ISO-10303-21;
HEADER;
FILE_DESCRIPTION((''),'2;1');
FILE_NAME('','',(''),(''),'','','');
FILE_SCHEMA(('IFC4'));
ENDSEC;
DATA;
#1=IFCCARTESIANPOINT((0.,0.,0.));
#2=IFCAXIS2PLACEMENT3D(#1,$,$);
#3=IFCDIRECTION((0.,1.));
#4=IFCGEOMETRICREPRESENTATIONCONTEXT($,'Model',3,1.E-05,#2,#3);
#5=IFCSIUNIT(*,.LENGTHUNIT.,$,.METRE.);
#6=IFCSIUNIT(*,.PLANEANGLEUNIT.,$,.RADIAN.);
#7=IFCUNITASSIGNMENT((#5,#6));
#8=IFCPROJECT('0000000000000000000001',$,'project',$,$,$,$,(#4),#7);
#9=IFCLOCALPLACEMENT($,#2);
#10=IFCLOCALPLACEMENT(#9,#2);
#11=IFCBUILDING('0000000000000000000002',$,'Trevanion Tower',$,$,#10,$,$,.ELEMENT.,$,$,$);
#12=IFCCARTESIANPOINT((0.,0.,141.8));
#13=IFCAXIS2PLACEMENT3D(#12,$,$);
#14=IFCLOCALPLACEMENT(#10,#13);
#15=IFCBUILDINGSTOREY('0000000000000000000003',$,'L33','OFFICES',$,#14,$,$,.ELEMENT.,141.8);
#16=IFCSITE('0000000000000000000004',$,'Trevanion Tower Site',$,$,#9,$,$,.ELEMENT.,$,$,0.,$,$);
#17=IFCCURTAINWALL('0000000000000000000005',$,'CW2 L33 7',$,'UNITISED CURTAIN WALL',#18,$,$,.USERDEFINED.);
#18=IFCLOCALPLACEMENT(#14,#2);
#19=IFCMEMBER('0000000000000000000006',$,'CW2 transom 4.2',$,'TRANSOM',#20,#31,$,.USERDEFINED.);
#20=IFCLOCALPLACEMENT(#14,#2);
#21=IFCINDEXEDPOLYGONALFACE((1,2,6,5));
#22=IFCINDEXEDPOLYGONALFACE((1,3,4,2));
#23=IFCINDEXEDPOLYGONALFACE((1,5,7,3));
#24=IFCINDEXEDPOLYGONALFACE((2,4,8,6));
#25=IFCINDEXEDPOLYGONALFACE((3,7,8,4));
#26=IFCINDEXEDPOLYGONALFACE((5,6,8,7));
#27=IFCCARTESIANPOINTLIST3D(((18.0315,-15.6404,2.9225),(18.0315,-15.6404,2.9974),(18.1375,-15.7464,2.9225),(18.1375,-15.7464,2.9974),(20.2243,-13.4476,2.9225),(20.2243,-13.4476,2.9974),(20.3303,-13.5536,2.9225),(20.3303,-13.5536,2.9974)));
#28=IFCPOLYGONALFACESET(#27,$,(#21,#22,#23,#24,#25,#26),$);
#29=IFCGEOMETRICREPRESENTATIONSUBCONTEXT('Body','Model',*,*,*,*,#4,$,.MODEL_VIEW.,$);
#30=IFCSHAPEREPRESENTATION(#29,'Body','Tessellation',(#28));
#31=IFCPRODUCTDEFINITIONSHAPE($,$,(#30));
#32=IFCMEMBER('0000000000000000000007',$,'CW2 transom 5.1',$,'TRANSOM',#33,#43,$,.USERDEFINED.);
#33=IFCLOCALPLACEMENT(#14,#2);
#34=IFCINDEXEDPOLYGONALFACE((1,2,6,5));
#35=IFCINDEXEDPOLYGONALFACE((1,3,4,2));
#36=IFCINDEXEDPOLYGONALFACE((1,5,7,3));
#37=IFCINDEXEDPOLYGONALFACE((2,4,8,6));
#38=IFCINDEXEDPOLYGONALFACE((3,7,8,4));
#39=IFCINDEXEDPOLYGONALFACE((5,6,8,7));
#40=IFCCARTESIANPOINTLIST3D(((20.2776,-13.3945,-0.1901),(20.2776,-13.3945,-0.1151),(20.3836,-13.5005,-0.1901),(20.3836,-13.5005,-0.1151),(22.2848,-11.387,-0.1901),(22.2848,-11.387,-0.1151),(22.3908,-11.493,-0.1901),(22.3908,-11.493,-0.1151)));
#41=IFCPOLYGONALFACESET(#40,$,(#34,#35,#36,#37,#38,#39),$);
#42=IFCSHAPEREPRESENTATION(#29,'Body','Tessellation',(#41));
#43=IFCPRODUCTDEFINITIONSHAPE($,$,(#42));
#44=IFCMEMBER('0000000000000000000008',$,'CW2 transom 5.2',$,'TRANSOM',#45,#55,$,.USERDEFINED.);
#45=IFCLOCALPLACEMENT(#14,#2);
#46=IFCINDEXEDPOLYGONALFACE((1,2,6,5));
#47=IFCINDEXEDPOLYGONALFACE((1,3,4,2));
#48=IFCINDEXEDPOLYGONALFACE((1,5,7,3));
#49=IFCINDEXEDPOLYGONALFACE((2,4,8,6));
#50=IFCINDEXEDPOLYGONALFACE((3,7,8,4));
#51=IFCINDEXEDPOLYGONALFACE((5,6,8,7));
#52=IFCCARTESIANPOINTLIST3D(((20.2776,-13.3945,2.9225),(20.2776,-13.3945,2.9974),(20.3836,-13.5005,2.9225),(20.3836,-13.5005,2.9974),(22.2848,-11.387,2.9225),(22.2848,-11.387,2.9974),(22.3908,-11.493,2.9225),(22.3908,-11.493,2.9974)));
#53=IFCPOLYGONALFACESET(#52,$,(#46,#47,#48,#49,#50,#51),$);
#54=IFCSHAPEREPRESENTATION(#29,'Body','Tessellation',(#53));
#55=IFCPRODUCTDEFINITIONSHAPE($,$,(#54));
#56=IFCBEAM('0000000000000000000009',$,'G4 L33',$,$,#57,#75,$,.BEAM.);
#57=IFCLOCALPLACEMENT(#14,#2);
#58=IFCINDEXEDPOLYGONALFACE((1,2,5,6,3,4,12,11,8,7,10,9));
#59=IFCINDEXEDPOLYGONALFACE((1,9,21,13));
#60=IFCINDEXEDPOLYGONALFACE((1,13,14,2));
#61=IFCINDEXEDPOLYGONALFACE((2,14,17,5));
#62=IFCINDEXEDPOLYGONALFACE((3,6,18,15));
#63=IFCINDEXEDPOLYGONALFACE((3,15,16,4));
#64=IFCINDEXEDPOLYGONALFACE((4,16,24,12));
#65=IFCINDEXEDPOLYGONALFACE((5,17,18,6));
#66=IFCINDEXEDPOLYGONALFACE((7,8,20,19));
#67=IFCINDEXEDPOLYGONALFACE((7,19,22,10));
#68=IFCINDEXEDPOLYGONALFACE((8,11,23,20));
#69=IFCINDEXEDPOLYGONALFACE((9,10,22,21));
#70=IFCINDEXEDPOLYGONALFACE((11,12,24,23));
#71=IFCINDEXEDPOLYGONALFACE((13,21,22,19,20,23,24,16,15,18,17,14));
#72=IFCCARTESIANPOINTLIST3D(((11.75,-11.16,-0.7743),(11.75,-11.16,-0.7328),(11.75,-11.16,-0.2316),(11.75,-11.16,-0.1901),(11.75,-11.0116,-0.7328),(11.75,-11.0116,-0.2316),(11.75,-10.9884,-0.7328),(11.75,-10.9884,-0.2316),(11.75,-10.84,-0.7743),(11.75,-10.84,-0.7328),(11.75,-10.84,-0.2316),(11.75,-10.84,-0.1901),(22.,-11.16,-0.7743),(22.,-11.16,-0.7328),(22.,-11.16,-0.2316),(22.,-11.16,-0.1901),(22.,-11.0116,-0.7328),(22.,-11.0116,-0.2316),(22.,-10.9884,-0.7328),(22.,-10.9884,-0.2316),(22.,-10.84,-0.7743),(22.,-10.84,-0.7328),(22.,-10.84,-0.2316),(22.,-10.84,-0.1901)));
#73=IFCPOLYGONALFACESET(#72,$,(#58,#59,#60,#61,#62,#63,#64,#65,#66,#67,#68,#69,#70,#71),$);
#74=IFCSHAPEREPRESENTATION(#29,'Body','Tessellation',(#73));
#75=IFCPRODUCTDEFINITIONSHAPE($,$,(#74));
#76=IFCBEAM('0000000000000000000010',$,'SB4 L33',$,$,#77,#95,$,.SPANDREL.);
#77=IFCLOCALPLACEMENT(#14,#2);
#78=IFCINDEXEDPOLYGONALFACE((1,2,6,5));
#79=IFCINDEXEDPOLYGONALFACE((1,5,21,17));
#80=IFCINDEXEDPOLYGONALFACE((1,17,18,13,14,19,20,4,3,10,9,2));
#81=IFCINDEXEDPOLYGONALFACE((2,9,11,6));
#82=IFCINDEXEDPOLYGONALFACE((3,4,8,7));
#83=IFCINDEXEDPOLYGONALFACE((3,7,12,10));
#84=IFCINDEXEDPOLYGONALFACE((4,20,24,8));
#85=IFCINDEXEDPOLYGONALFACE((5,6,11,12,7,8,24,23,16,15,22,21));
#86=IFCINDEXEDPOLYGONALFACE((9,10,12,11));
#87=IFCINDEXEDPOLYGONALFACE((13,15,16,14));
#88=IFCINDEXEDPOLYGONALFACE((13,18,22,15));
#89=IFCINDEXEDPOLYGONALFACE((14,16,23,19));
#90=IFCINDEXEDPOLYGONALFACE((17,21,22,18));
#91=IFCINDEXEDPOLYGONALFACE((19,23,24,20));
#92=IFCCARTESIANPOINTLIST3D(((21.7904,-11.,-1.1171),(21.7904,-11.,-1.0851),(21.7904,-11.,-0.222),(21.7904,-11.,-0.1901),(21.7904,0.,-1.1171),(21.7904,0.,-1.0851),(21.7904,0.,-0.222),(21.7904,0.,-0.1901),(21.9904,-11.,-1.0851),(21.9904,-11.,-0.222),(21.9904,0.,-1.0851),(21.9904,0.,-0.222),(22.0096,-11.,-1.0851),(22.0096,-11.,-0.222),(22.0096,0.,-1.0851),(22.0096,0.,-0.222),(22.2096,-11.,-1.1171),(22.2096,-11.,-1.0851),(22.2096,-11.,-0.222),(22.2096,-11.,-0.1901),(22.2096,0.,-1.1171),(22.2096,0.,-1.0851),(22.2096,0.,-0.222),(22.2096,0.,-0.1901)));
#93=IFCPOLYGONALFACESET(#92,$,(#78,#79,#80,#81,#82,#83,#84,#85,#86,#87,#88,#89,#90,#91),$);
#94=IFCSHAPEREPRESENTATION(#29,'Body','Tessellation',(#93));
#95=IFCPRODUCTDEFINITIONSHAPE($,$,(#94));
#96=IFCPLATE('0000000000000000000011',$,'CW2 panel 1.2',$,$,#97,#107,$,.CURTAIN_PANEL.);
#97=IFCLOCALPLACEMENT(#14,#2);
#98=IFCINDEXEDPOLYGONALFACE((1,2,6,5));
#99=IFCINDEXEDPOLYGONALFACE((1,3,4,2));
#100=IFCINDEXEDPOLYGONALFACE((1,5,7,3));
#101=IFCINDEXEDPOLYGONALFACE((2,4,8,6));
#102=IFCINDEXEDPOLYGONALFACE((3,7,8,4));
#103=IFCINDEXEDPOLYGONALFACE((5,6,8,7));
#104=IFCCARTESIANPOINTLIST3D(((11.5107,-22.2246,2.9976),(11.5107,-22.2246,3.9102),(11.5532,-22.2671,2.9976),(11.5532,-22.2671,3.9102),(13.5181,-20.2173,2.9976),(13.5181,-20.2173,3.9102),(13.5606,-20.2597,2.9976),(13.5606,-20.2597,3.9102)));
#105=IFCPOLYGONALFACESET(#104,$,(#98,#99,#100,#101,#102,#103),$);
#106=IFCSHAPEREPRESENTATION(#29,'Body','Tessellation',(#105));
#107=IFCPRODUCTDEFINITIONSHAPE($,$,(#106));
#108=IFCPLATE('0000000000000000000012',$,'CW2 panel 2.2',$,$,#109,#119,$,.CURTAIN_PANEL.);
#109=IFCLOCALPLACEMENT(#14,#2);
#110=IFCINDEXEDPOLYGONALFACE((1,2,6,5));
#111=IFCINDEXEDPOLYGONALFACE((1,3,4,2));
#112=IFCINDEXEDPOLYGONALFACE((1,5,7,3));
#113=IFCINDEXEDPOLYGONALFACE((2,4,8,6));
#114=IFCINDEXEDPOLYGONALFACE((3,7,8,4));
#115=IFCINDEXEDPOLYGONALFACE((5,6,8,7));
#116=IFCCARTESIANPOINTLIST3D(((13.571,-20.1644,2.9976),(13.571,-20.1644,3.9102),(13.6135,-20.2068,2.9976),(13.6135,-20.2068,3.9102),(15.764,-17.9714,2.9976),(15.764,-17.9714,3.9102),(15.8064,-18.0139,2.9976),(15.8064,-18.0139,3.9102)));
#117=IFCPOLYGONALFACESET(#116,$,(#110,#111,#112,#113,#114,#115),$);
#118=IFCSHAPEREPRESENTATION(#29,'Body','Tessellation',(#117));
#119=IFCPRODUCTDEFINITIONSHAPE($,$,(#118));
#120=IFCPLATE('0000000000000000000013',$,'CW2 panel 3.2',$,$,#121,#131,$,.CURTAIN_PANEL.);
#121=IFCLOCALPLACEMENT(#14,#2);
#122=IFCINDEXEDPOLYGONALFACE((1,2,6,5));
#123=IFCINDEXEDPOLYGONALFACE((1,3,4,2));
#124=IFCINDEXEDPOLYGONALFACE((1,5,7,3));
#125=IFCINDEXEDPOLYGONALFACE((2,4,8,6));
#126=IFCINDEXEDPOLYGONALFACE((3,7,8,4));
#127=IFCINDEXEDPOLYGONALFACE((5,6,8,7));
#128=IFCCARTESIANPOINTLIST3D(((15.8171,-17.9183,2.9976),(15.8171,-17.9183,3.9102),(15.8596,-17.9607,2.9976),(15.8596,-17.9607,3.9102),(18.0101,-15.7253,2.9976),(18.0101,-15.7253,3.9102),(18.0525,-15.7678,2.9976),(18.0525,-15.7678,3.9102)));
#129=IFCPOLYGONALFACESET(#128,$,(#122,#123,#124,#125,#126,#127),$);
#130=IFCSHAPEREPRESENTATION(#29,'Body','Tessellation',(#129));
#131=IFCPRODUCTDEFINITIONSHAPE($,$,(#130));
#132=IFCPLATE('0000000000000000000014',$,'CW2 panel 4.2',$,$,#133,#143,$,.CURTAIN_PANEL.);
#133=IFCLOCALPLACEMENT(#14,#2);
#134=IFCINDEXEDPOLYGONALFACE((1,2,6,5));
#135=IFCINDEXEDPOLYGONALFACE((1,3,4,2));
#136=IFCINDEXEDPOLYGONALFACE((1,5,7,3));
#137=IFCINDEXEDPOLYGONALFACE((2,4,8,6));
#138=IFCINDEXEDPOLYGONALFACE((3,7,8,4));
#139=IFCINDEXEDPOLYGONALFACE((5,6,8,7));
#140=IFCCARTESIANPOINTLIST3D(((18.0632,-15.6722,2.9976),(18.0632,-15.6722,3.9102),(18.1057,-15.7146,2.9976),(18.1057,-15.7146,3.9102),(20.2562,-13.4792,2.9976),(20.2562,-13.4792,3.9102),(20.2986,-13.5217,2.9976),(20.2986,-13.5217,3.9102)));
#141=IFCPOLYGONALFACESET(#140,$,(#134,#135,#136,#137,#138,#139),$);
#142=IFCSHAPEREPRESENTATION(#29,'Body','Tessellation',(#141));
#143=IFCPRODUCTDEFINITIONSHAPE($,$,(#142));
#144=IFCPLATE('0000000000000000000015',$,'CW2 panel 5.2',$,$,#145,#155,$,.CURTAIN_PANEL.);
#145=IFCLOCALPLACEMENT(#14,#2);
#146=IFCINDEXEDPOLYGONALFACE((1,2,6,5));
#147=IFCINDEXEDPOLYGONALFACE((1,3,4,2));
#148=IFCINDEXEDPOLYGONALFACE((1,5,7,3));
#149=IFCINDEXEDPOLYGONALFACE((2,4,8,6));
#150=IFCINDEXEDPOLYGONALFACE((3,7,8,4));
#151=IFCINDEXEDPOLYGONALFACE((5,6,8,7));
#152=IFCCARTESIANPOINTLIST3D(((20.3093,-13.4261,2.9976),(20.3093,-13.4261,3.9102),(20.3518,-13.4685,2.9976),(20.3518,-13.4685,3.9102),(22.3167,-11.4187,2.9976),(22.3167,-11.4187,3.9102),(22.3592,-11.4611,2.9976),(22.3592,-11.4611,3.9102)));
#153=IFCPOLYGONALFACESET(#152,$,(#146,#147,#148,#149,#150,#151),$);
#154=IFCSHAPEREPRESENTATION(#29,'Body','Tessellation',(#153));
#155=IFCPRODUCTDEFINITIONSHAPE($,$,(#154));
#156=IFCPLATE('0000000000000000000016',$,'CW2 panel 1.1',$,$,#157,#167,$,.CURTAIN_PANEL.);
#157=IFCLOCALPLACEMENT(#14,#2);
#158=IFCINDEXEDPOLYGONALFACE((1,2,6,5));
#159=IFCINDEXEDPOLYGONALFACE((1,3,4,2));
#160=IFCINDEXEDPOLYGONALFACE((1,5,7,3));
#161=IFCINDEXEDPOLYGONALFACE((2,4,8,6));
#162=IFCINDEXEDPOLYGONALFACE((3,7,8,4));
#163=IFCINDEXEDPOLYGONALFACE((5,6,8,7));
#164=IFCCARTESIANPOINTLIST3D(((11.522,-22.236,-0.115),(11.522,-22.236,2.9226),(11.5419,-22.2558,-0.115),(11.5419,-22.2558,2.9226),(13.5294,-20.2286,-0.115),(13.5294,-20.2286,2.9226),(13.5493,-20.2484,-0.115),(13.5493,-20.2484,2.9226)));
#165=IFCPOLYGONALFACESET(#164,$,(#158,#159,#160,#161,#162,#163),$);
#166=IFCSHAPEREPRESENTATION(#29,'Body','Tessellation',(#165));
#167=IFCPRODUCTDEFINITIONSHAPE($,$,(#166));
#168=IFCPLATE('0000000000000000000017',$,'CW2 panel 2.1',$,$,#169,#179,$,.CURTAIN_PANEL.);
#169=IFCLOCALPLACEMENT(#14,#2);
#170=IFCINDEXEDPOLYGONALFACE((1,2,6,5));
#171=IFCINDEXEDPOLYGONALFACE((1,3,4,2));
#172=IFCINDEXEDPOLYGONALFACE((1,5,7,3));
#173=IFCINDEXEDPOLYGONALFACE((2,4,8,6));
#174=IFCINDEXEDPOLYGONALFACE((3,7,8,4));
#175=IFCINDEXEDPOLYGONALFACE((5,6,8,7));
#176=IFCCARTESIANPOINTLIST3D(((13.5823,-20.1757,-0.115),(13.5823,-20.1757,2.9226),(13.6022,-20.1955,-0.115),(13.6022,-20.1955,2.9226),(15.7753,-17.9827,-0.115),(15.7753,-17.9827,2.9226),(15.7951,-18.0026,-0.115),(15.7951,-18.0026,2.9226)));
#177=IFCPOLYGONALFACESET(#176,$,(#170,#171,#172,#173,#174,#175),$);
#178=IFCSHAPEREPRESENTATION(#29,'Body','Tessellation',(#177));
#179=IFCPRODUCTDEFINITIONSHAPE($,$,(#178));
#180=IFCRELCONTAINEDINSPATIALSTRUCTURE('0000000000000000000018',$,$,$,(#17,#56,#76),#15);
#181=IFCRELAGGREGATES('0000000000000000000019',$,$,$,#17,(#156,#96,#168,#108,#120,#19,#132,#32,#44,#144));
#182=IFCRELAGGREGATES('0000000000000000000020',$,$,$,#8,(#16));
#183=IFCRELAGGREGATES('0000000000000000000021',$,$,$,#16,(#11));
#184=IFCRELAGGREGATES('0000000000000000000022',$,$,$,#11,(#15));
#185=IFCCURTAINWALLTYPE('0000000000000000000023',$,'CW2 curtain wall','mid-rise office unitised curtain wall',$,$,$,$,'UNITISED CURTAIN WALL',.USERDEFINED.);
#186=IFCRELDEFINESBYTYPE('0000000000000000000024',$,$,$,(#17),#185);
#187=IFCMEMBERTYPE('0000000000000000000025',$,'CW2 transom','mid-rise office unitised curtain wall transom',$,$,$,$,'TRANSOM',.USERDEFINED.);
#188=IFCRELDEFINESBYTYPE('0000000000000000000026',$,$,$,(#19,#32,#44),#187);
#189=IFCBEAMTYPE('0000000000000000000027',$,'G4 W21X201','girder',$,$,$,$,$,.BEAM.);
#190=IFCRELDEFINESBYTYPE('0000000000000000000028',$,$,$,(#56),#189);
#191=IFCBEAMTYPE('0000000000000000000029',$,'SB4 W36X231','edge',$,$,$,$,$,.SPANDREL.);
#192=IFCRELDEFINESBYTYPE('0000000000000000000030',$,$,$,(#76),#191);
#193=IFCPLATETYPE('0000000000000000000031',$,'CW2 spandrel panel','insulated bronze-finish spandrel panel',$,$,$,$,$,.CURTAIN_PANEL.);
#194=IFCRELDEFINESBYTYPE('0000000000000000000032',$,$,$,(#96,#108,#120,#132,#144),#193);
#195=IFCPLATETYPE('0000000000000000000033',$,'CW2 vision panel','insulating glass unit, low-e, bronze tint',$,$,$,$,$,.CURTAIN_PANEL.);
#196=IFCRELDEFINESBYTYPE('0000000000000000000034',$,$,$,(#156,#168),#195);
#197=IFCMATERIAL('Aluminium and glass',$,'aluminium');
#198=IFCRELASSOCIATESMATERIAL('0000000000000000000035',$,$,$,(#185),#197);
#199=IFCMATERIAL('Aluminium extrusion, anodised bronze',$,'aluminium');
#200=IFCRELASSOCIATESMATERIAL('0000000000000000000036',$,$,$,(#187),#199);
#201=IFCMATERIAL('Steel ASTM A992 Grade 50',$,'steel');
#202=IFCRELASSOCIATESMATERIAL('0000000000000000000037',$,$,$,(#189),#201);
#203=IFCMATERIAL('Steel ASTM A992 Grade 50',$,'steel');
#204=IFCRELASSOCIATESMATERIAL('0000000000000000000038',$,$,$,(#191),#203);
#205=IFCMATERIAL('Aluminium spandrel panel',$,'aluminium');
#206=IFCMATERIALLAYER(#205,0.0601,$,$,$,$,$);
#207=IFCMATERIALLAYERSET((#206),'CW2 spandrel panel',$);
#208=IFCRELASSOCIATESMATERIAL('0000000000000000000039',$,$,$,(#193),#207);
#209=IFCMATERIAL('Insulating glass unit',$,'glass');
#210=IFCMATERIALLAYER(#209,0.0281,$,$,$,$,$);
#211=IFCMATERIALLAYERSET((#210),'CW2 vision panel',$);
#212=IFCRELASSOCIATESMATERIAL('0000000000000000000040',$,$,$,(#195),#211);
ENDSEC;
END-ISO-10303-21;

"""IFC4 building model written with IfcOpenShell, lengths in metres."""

from ifc_helpers import new_model, si_unit, direction, frame, origin, origin_2d, place, context, subcontext, project, spatial, rectangle, i_section, extrude, material, layer, layer_set, material_profile, profile_set, type_object, element, aggregate, save


model = new_model("IFC4")

# Units and contexts
model_context = context("Model", 3, precision=1e-05, world=origin(), true_north=direction((0.0, 1.0)))
body_context = subcontext(model_context, "Body", "Model", "MODEL_VIEW")
ifc_project = project(units=[si_unit("LENGTHUNIT", "METRE"), si_unit("PLANEANGLEUNIT", "RADIAN")], contexts=[model_context])

# Site, building, storey
site_placement = place(None, origin())
site = spatial("IfcSite", under=ifc_project, at=site_placement, Name="Trevanion Tower Site", CompositionType="ELEMENT", RefElevation=0.0)
building_placement = place(site_placement, origin())
building = spatial("IfcBuilding", under=site, at=building_placement, Name="Trevanion Tower", CompositionType="ELEMENT")
storey_placement = place(building_placement, frame((0.0, 0.0, 141.8)))
storey = spatial("IfcBuildingStorey", under=building, at=storey_placement, Name="L33", Description="OFFICES", CompositionType="ELEMENT", Elevation=141.8)

# Curtain wall, members
ifc_material_1 = material(Name="Aluminium and glass", Category="aluminium")
curtain_wall_type = type_object("IfcCurtainWallType", Name="CW2 curtain wall", Description="mid-rise office unitised curtain wall", ElementType="UNITISED CURTAIN WALL", PredefinedType="USERDEFINED", material=ifc_material_1)
curtain_wall_placement = place(storey_placement, origin())
curtain_wall = element("IfcCurtainWall", 1, at=curtain_wall_placement, inside=storey, type_object=curtain_wall_type, Name="CW2 L33 7", ObjectType="UNITISED CURTAIN WALL", PredefinedType="USERDEFINED")
ifc_material_2 = material(Name="Aluminium extrusion, anodised bronze", Category="aluminium")
ifc_material_profile_1 = material_profile(ifc_material_2, rectangle(XDim=0.1499, YDim=0.075, at=origin_2d()), Name="CW2 transom")
ifc_profile_set_1 = profile_set([ifc_material_profile_1], Name="Aluminium extrusion, anodised bronze")
member_type_1 = type_object("IfcMemberType", Name="CW2 transom", Description="mid-rise office unitised curtain wall transom", ElementType="TRANSOM", PredefinedType="USERDEFINED", material=ifc_profile_set_1)
member_1_placement = place(storey_placement, frame((18.0845, -15.6934, 2.96), z_axis=(0.707107, 0.707107, 0.0), x_axis=(-0.707107, 0.707107, 0.0)))
member_1 = element("IfcMember", 2, at=member_1_placement, type_object=member_type_1, Name="CW2 transom 4.2", ObjectType="TRANSOM", PredefinedType="USERDEFINED", context=body_context, shape_type="SweptSolid", body=[
    extrude(rectangle(XDim=0.1499, YDim=0.075, at=origin_2d()), origin(), (0.0, 0.0, 1.0), 3.1011),
])
member_2_placement = place(storey_placement, frame((20.3306, -13.4475, -0.1526), z_axis=(0.707064, 0.70715, 0.0), x_axis=(-0.70715, 0.707064, 0.0)))
member_2 = element("IfcMember", 3, at=member_2_placement, type_object=member_type_1, Name="CW2 transom 5.1", ObjectType="TRANSOM", PredefinedType="USERDEFINED", context=body_context, shape_type="SweptSolid", body=[
    extrude(rectangle(XDim=0.1499, YDim=0.075, at=origin_2d()), origin(), (0.0, 0.0, 1.0), 2.8389),
])
member_3_placement = place(storey_placement, frame((20.3306, -13.4475, 2.96), z_axis=(0.707064, 0.70715, 0.0), x_axis=(-0.70715, 0.707064, 0.0)))
member_3 = element("IfcMember", 4, at=member_3_placement, type_object=member_type_1, Name="CW2 transom 5.2", ObjectType="TRANSOM", PredefinedType="USERDEFINED", context=body_context, shape_type="SweptSolid", body=[
    extrude(rectangle(XDim=0.1499, YDim=0.075, at=origin_2d()), origin(), (0.0, 0.0, 1.0), 2.8389),
])

# Beams
ifc_material_3 = material(Name="Steel ASTM A992 Grade 50", Category="steel")
ifc_material_profile_2 = material_profile(ifc_material_3, i_section(OverallWidth=0.3201, OverallDepth=0.5842, WebThickness=0.0232, FlangeThickness=0.0415, at=origin_2d()), Name="W21X201")
ifc_profile_set_2 = profile_set([ifc_material_profile_2], Name="Steel ASTM A992 Grade 50")
beam_type_1 = type_object("IfcBeamType", Name="G4 W21X201", Description="girder", PredefinedType="BEAM", material=ifc_profile_set_2)
beam_1_placement = place(storey_placement, frame((11.75, -11.0, -0.4822), z_axis=(1.0, 0.0, 0.0), x_axis=(0.0, 1.0, 0.0)))
element("IfcBeam", 5, at=beam_1_placement, inside=storey, type_object=beam_type_1, Name="G4 L33", PredefinedType="BEAM", context=body_context, shape_type="SweptSolid", body=[
    extrude(i_section(OverallWidth=0.3201, OverallDepth=0.5842, WebThickness=0.0232, FlangeThickness=0.0415, at=origin_2d()), origin(), (0.0, 0.0, 1.0), 10.25),
])
ifc_material_4 = material(Name="Steel ASTM A992 Grade 50", Category="steel")
ifc_material_profile_3 = material_profile(ifc_material_4, i_section(OverallWidth=0.4192, OverallDepth=0.927, WebThickness=0.0193, FlangeThickness=0.032, at=origin_2d()), Name="W36X231")
ifc_profile_set_3 = profile_set([ifc_material_profile_3], Name="Steel ASTM A992 Grade 50")
beam_type_2 = type_object("IfcBeamType", Name="SB4 W36X231", Description="edge", PredefinedType="SPANDREL", material=ifc_profile_set_3)
beam_2_placement = place(storey_placement, frame((22.0, -11.0, -0.6536), z_axis=(0.0, 1.0, 0.0), x_axis=(-1.0, 0.0, 0.0)))
element("IfcBeam", 6, at=beam_2_placement, inside=storey, type_object=beam_type_2, Name="SB4 L33", PredefinedType="SPANDREL", context=body_context, shape_type="SweptSolid", body=[
    extrude(i_section(OverallWidth=0.4192, OverallDepth=0.927, WebThickness=0.0193, FlangeThickness=0.032, at=origin_2d()), origin(), (0.0, 0.0, 1.0), 11.0),
])

# Plates
ifc_material_5 = material(Name="Aluminium spandrel panel", Category="aluminium")
ifc_layer_1 = layer(ifc_material_5, 0.0601)
ifc_layer_set_1 = layer_set([ifc_layer_1], Name="CW2 spandrel panel")
plate_type_1 = type_object("IfcPlateType", Name="CW2 spandrel panel", Description="insulated bronze-finish spandrel panel", PredefinedType="CURTAIN_PANEL", material=ifc_layer_set_1)
plate_1_placement = place(storey_placement, frame((12.5356, -21.2422, 2.9976), z_axis=(0.0, 0.0, 1.0), x_axis=(0.707107, 0.707107, 0.0)))
plate_1 = element("IfcPlate", 7, at=plate_1_placement, type_object=plate_type_1, Name="CW2 panel 1.2", PredefinedType="CURTAIN_PANEL", context=body_context, shape_type="SweptSolid", body=[
    extrude(rectangle(XDim=2.8389, YDim=0.0601, at=origin_2d()), origin(), (0.0, 0.0, 1.0), 0.9126),
])
plate_2_placement = place(storey_placement, frame((14.6887, -19.0891, 2.9976), z_axis=(0.0, 0.0, 1.0), x_axis=(0.707107, 0.707107, 0.0)))
plate_2 = element("IfcPlate", 8, at=plate_2_placement, type_object=plate_type_1, Name="CW2 panel 2.2", PredefinedType="CURTAIN_PANEL", context=body_context, shape_type="SweptSolid", body=[
    extrude(rectangle(XDim=3.1013, YDim=0.0601, at=origin_2d()), origin(), (0.0, 0.0, 1.0), 0.9126),
])
plate_3_placement = place(storey_placement, frame((16.9348, -16.843, 2.9976), z_axis=(0.0, 0.0, 1.0), x_axis=(0.707107, 0.707107, 0.0)))
plate_3 = element("IfcPlate", 9, at=plate_3_placement, type_object=plate_type_1, Name="CW2 panel 3.2", PredefinedType="CURTAIN_PANEL", context=body_context, shape_type="SweptSolid", body=[
    extrude(rectangle(XDim=3.1013, YDim=0.0601, at=origin_2d()), origin(), (0.0, 0.0, 1.0), 0.9126),
])
plate_4_placement = place(storey_placement, frame((19.1809, -14.5969, 2.9976), z_axis=(0.0, 0.0, 1.0), x_axis=(0.707107, 0.707107, 0.0)))
plate_4 = element("IfcPlate", 10, at=plate_4_placement, type_object=plate_type_1, Name="CW2 panel 4.2", PredefinedType="CURTAIN_PANEL", context=body_context, shape_type="SweptSolid", body=[
    extrude(rectangle(XDim=3.1013, YDim=0.0601, at=origin_2d()), origin(), (0.0, 0.0, 1.0), 0.9126),
])
plate_5_placement = place(storey_placement, frame((21.3342, -12.4436, 2.9976), z_axis=(0.0, 0.0, 1.0), x_axis=(0.707107, 0.707107, 0.0)))
plate_5 = element("IfcPlate", 11, at=plate_5_placement, type_object=plate_type_1, Name="CW2 panel 5.2", PredefinedType="CURTAIN_PANEL", context=body_context, shape_type="SweptSolid", body=[
    extrude(rectangle(XDim=2.8389, YDim=0.0601, at=origin_2d()), origin(), (0.0, 0.0, 1.0), 0.9126),
])
ifc_material_6 = material(Name="Insulating glass unit", Category="glass")
ifc_layer_2 = layer(ifc_material_6, 0.0281)
ifc_layer_set_2 = layer_set([ifc_layer_2], Name="CW2 vision panel")
plate_type_2 = type_object("IfcPlateType", Name="CW2 vision panel", Description="insulating glass unit, low-e, bronze tint", PredefinedType="CURTAIN_PANEL", material=ifc_layer_set_2)
plate_6_placement = place(storey_placement, frame((12.5356, -21.2422, -0.115), z_axis=(0.0, 0.0, 1.0), x_axis=(0.707107, 0.707107, 0.0)))
plate_6 = element("IfcPlate", 12, at=plate_6_placement, type_object=plate_type_2, Name="CW2 panel 1.1", PredefinedType="CURTAIN_PANEL", context=body_context, shape_type="SweptSolid", body=[
    extrude(rectangle(XDim=2.8389, YDim=0.0281, at=origin_2d()), origin(), (0.0, 0.0, 1.0), 3.0376),
])
plate_7_placement = place(storey_placement, frame((14.6887, -19.0891, -0.115), z_axis=(0.0, 0.0, 1.0), x_axis=(0.707107, 0.707107, 0.0)))
plate_7 = element("IfcPlate", 13, at=plate_7_placement, type_object=plate_type_2, Name="CW2 panel 2.1", PredefinedType="CURTAIN_PANEL", context=body_context, shape_type="SweptSolid", body=[
    extrude(rectangle(XDim=3.1013, YDim=0.0281, at=origin_2d()), origin(), (0.0, 0.0, 1.0), 3.0376),
])
aggregate(curtain_wall, [plate_6, plate_1, plate_7, plate_2, plate_3, member_1, plate_4, member_2, member_3, plate_5])

save(model, "model.ifc")
